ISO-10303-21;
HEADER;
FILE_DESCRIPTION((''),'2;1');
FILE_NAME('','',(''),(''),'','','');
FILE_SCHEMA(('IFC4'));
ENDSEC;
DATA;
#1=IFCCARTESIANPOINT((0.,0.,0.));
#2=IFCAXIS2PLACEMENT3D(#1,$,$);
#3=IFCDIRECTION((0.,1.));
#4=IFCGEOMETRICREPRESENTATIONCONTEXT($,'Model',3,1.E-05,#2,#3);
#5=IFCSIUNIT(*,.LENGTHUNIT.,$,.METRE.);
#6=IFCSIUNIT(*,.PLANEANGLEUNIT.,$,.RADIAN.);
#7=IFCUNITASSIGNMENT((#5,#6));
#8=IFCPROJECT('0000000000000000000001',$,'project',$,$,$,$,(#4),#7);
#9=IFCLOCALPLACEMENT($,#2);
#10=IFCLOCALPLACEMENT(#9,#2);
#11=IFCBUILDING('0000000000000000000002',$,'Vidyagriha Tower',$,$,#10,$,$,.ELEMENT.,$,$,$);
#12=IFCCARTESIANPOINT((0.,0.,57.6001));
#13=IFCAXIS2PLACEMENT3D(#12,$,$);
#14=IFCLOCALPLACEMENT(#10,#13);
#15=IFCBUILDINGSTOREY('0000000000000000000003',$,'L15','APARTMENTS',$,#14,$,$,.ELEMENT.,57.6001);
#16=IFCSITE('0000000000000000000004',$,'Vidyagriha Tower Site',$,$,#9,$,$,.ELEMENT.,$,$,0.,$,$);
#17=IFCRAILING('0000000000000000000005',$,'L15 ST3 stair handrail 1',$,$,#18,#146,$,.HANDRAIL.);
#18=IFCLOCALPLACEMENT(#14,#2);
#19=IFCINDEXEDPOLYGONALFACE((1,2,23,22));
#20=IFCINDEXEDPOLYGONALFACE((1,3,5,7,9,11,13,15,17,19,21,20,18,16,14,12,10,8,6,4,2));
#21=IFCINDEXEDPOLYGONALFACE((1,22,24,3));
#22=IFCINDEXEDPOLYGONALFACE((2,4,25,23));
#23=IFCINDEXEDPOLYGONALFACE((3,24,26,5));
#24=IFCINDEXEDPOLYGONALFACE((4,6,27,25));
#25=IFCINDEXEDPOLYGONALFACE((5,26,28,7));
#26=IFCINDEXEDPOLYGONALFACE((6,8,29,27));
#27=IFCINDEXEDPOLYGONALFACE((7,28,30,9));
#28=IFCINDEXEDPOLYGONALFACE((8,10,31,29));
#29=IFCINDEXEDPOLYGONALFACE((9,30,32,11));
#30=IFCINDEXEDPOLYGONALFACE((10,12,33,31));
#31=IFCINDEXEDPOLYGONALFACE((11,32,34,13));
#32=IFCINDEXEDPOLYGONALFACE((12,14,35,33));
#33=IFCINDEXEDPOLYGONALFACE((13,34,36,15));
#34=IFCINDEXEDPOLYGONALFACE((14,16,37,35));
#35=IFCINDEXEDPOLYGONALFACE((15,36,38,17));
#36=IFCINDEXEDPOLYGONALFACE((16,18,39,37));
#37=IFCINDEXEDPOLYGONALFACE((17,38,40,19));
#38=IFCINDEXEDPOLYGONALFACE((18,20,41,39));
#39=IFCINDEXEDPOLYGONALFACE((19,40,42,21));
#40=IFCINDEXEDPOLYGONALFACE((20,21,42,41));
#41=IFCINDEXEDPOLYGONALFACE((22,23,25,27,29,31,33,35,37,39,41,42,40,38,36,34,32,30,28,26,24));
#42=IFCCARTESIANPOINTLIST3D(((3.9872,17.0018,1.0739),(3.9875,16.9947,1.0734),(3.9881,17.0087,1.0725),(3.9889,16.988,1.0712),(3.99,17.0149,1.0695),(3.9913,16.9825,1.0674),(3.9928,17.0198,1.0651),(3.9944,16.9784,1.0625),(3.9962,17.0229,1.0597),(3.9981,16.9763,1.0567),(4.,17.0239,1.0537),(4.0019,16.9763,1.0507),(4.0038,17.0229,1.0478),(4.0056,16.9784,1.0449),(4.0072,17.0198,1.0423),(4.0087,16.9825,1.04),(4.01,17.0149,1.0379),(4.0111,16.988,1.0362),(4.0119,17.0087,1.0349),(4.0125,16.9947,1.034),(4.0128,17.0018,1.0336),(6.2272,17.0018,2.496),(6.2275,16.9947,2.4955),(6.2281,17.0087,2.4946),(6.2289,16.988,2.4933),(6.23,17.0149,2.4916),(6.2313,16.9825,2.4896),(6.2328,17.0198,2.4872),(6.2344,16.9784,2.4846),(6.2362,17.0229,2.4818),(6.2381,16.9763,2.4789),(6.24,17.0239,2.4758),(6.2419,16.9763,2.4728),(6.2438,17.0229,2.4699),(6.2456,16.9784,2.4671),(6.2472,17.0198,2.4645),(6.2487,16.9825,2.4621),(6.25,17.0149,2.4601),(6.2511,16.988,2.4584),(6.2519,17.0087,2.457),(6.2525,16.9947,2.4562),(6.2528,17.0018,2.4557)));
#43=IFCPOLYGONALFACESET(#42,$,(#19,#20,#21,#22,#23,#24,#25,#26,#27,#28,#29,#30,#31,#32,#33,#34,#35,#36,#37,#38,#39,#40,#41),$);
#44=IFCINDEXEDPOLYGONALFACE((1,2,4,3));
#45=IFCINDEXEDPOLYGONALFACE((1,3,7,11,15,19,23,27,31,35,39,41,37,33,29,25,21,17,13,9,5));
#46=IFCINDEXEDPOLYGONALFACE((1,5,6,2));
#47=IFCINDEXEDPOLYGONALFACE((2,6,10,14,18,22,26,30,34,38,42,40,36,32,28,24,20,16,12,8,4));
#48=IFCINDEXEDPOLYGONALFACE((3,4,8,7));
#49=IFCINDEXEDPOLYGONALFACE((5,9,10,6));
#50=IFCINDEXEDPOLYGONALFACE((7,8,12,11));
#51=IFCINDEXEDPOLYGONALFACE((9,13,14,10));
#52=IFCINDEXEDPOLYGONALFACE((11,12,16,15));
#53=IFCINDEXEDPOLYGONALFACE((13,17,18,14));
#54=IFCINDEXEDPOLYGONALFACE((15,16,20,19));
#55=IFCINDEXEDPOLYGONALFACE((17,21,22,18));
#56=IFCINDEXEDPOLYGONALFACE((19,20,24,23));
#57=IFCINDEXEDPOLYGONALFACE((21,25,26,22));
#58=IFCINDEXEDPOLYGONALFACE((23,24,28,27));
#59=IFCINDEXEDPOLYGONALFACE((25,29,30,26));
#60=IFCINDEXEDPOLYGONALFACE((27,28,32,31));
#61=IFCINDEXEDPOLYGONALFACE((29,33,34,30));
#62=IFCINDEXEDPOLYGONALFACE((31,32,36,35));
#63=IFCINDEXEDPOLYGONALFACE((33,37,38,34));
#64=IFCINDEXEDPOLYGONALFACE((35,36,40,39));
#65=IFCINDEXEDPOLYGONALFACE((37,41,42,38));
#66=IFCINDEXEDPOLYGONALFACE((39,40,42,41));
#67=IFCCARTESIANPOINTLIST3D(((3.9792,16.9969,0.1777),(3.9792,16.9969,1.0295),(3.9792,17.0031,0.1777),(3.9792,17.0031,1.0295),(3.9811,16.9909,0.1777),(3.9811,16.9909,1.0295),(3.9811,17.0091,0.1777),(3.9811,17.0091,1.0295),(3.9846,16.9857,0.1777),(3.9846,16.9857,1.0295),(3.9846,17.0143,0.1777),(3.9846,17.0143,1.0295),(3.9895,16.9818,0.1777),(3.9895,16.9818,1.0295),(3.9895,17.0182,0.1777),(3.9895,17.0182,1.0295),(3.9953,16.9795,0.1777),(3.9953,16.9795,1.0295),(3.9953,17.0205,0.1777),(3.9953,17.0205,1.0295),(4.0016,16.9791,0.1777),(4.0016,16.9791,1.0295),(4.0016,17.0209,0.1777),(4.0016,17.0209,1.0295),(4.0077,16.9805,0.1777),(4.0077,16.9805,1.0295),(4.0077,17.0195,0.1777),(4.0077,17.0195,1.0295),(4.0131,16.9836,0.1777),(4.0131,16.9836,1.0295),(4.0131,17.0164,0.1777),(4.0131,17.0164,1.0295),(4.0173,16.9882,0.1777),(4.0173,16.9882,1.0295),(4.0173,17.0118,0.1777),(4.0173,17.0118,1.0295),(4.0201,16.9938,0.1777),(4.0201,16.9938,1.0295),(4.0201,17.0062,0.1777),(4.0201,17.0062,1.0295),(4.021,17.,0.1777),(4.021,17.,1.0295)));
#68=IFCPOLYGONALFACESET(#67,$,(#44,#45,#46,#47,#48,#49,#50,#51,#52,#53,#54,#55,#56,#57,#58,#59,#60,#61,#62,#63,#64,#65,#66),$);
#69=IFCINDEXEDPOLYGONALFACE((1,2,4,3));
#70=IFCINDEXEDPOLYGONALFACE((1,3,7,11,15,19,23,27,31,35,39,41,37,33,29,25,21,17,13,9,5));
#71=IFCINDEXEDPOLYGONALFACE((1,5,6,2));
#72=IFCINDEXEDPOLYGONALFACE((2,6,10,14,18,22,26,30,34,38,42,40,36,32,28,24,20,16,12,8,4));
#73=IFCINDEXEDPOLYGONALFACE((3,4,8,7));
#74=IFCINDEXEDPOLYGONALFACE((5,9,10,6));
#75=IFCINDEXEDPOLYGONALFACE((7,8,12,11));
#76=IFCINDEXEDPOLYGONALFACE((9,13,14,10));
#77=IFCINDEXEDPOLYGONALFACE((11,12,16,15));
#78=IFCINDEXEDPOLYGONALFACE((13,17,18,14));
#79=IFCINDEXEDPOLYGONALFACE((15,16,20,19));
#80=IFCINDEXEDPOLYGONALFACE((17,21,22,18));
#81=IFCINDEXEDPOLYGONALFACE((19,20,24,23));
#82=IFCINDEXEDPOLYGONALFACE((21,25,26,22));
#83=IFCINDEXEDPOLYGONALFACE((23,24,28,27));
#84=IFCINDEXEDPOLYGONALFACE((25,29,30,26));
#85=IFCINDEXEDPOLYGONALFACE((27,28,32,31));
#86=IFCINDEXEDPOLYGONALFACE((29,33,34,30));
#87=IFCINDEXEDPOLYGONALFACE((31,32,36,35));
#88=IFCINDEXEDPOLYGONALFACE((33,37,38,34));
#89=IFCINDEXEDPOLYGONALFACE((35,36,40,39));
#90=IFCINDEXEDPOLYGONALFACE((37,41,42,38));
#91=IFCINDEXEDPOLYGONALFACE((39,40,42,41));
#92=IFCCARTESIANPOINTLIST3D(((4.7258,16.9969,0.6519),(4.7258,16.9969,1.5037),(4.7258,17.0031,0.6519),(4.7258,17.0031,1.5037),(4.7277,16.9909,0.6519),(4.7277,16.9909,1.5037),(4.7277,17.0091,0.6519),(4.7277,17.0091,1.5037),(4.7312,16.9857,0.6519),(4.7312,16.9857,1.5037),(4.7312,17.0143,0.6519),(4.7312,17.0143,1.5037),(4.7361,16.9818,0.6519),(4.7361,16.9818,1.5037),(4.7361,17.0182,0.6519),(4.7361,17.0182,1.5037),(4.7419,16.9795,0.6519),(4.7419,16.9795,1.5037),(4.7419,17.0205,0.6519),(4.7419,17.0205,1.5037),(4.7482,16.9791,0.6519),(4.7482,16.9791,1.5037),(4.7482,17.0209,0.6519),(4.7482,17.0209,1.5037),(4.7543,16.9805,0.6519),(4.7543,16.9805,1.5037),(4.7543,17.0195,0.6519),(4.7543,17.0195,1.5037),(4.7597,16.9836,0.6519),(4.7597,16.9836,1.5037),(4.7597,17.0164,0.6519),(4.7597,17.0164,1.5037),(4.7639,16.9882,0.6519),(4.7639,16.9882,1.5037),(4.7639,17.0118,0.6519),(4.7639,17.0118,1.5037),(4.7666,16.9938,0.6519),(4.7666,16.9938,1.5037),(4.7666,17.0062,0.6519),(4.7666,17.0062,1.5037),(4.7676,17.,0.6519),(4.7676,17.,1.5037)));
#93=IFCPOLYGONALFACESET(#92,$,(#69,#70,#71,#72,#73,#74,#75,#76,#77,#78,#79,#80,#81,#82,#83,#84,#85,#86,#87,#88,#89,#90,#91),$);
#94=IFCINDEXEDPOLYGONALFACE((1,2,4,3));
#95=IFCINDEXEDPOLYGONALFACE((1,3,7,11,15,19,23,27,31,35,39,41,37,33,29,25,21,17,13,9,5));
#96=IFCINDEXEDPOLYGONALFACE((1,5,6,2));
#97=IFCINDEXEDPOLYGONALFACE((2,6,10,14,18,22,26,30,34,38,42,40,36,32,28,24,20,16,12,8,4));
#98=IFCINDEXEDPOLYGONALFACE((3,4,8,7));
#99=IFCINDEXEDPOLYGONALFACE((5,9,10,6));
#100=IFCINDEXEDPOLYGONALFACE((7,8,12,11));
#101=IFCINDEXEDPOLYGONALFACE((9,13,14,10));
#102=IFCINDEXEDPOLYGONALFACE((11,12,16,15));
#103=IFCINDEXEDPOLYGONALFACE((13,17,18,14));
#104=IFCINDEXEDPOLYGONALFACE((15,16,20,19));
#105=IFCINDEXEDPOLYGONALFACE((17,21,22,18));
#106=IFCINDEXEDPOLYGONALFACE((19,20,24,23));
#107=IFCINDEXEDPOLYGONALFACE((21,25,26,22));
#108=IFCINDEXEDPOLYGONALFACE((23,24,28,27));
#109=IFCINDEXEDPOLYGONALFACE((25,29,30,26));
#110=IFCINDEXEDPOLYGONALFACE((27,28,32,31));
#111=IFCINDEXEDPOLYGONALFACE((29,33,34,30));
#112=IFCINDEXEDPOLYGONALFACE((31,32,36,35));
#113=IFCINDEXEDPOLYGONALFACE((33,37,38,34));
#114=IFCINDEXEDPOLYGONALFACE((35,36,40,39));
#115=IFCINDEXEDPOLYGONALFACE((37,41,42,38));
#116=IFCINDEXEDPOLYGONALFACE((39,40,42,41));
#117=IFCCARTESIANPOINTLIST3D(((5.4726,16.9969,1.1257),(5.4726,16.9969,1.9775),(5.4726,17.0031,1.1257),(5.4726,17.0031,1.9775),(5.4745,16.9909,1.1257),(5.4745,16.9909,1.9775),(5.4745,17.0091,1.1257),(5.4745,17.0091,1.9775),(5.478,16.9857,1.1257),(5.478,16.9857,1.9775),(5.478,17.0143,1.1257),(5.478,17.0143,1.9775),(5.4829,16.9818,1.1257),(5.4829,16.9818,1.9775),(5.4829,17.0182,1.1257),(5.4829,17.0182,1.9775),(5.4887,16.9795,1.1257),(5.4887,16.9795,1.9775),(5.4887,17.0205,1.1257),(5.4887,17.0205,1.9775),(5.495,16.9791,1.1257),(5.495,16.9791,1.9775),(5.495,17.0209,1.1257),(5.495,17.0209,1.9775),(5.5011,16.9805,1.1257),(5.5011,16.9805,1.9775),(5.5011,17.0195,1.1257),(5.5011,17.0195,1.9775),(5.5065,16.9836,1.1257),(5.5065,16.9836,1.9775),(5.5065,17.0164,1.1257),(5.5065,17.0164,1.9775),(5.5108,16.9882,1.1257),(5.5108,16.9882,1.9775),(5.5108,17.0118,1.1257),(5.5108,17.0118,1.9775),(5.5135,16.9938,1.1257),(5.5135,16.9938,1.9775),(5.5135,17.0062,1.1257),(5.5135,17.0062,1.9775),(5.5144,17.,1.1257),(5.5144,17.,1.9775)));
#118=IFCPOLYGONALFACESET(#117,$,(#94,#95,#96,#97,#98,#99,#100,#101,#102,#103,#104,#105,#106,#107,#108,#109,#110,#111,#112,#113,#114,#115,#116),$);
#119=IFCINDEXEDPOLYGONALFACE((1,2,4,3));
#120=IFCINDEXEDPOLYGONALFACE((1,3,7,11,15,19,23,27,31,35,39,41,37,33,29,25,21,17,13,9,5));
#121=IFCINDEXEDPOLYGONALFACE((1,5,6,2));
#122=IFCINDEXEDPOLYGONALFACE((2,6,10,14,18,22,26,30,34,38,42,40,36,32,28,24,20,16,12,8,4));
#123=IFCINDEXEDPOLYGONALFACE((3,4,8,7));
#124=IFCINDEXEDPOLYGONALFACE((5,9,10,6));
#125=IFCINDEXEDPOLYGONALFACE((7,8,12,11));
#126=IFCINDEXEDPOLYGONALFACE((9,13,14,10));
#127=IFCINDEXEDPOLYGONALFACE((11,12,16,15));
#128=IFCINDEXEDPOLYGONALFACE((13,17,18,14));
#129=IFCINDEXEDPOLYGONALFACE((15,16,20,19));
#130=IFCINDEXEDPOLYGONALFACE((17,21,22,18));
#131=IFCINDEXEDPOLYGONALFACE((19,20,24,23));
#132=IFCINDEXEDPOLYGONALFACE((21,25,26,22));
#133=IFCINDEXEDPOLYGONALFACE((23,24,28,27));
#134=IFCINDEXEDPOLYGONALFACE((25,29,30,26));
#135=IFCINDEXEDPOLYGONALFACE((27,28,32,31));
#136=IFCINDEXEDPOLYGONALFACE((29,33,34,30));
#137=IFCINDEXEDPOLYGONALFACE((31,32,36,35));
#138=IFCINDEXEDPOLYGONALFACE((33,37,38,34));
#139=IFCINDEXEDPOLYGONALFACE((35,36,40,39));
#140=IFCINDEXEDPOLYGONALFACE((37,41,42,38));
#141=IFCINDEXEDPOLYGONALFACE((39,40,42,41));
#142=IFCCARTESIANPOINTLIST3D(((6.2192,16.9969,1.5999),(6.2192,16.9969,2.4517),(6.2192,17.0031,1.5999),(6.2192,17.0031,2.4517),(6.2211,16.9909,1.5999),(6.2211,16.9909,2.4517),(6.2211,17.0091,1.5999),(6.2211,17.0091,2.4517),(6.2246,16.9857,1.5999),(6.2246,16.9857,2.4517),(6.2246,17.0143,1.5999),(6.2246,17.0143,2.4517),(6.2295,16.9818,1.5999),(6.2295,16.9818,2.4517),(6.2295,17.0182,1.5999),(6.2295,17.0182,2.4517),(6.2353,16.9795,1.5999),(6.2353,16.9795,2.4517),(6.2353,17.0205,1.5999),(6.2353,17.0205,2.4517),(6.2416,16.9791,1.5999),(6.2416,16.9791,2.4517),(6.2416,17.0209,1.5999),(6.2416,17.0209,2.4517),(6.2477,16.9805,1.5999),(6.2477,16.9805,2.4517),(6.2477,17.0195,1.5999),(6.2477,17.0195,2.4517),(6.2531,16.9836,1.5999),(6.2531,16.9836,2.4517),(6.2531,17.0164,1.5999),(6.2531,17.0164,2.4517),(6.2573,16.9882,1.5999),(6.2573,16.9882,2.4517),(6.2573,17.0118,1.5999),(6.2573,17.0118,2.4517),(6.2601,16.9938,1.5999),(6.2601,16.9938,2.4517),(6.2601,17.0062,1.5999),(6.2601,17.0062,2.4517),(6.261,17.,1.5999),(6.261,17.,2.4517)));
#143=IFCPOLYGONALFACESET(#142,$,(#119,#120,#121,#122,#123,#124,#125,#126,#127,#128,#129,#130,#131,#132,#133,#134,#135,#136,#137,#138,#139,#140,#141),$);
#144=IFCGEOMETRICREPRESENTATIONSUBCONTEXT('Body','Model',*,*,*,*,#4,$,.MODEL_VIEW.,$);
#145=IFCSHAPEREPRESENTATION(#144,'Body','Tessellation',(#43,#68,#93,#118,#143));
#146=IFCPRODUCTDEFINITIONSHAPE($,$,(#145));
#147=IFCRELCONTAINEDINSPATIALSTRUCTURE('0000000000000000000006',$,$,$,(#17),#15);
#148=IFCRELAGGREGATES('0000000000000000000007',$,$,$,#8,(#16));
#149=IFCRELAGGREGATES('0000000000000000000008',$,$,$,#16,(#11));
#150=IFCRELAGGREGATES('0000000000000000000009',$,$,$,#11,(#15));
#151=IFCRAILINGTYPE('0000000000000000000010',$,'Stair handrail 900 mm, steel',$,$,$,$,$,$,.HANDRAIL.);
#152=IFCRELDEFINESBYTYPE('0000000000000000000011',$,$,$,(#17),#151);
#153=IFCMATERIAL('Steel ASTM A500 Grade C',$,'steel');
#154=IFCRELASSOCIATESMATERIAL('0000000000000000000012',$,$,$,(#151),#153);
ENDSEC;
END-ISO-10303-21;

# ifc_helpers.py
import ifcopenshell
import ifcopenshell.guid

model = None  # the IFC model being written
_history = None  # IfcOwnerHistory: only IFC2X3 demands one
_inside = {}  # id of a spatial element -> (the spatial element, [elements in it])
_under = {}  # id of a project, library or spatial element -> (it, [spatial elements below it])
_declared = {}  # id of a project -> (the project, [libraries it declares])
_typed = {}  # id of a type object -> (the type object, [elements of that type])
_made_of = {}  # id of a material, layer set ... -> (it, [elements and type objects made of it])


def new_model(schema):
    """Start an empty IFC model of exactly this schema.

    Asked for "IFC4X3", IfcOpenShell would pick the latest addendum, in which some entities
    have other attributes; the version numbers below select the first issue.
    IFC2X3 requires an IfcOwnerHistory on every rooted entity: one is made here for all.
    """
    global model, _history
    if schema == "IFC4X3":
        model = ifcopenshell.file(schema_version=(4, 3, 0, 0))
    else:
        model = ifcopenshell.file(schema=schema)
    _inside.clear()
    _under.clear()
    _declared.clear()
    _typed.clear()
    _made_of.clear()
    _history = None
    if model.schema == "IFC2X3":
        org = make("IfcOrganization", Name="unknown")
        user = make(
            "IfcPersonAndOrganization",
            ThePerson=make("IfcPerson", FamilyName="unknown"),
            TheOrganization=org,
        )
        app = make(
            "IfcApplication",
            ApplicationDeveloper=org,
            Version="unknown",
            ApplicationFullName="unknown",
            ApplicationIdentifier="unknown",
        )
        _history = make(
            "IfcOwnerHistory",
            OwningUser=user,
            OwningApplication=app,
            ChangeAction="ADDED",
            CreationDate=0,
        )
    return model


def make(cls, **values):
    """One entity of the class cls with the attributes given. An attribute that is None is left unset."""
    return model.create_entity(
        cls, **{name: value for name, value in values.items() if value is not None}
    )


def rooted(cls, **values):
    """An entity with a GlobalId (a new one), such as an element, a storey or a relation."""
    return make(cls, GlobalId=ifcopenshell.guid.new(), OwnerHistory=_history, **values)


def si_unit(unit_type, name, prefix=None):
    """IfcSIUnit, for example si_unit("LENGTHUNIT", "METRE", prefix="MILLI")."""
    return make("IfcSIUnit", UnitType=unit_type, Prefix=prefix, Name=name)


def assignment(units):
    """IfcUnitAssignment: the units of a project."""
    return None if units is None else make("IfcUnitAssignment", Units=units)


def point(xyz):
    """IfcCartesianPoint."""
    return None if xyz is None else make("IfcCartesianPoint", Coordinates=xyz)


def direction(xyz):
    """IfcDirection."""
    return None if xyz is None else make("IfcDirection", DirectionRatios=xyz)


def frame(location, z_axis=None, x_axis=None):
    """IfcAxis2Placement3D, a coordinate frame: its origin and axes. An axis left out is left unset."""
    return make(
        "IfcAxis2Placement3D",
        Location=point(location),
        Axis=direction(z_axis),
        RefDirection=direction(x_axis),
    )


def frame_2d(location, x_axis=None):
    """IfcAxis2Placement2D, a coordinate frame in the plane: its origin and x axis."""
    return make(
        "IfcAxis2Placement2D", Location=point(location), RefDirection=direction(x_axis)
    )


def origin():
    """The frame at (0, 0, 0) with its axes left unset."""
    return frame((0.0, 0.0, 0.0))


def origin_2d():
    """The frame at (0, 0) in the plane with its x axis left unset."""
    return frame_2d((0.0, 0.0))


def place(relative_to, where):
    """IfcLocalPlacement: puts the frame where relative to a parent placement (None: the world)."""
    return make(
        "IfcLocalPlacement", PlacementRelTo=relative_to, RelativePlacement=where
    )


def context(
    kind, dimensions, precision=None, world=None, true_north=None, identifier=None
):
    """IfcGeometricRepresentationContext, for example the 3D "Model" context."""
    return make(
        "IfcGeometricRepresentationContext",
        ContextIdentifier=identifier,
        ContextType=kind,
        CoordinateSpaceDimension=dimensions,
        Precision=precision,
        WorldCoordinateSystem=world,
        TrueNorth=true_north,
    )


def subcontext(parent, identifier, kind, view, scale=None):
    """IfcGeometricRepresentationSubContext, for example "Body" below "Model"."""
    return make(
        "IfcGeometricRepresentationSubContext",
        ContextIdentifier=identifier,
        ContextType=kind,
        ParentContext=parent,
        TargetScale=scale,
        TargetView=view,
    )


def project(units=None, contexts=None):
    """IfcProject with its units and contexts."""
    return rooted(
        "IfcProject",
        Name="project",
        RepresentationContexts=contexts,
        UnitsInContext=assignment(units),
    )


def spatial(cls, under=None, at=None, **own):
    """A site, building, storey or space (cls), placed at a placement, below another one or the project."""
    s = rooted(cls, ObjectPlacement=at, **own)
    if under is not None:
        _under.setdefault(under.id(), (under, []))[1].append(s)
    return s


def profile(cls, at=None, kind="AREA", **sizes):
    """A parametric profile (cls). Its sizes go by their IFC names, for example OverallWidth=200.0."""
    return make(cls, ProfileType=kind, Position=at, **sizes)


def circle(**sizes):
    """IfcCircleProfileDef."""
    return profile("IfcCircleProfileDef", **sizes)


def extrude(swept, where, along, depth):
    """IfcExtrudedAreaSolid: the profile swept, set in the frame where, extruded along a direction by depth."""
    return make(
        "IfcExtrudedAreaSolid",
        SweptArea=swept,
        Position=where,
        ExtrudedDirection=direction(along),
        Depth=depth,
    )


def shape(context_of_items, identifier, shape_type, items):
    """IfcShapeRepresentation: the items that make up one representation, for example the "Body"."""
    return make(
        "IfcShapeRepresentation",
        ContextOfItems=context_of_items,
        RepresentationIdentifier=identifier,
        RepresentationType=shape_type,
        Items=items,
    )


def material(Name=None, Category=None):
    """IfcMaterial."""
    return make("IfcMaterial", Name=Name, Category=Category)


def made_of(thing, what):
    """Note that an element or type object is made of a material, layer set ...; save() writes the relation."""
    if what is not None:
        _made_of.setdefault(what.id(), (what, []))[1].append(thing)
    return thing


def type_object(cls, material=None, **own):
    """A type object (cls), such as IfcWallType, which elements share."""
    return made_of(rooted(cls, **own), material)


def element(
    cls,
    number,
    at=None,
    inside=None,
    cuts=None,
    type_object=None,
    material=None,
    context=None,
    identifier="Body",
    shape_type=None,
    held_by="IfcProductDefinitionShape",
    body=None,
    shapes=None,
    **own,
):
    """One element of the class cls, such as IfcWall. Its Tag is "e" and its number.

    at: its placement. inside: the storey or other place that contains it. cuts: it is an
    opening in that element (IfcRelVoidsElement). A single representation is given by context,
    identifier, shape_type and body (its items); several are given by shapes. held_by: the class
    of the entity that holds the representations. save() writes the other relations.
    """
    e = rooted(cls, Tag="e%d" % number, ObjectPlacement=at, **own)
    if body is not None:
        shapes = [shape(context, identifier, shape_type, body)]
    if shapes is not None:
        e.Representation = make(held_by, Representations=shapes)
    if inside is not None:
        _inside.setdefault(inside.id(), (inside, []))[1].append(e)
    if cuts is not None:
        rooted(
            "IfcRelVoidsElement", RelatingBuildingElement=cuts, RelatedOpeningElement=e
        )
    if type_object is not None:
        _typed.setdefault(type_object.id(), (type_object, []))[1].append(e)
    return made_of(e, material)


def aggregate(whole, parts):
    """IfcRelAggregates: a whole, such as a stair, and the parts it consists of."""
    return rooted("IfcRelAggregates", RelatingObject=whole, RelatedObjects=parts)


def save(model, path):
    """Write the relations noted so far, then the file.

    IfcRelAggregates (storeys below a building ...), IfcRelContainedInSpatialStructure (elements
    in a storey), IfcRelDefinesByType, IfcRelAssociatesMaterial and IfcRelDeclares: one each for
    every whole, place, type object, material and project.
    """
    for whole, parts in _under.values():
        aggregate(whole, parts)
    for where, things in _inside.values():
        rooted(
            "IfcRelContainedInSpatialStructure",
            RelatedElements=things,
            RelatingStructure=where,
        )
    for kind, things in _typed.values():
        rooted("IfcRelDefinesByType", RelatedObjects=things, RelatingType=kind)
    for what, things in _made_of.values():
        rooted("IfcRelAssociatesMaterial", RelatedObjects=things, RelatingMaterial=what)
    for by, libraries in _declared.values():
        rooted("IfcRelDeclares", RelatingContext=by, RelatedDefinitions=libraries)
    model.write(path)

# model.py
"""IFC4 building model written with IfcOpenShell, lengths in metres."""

from ifc_helpers import new_model, si_unit, direction, frame, origin, origin_2d, place, context, subcontext, project, spatial, circle, extrude, material, type_object, element, save


model = new_model("IFC4")

# Units and contexts
model_context = context("Model", 3, precision=1e-05, world=origin(), true_north=direction((0.0, 1.0)))
body_context = subcontext(model_context, "Body", "Model", "MODEL_VIEW")
ifc_project = project(units=[si_unit("LENGTHUNIT", "METRE"), si_unit("PLANEANGLEUNIT", "RADIAN")], contexts=[model_context])

# Site, building, storey
site_placement = place(None, origin())
site = spatial("IfcSite", under=ifc_project, at=site_placement, Name="Vidyagriha Tower Site", CompositionType="ELEMENT", RefElevation=0.0)
building_placement = place(site_placement, origin())
building = spatial("IfcBuilding", under=site, at=building_placement, Name="Vidyagriha Tower", CompositionType="ELEMENT")
storey_placement = place(building_placement, frame((0.0, 0.0, 57.6001)))
storey = spatial("IfcBuildingStorey", under=building, at=storey_placement, Name="L15", Description="APARTMENTS", CompositionType="ELEMENT", Elevation=57.6001)

# Railing
ifc_material_1 = material(Name="Steel ASTM A500 Grade C", Category="steel")
railing_type_1 = type_object("IfcRailingType", Name="Stair handrail 900 mm, steel", PredefinedType="HANDRAIL", material=ifc_material_1)
railing_1_placement = place(storey_placement, frame((4.0, 17.0, 0.1777)))
element("IfcRailing", 1, at=railing_1_placement, inside=storey, type_object=railing_type_1, Name="L15 ST3 stair handrail 1", PredefinedType="HANDRAIL", context=body_context, shape_type="SweptSolid", body=[
    extrude(circle(Radius=0.0239, at=origin_2d()), frame((0.0, 0.0, 0.876), z_axis=(0.844229, 0.0, 0.535982), x_axis=(0.0, 1.0, 0.0)), (0.0, 0.0, 1.0), 2.6533),
    extrude(circle(Radius=0.021, at=origin_2d()), origin(), (0.0, 0.0, 1.0), 0.8518),
    extrude(circle(Radius=0.021, at=origin_2d()), frame((0.7466, 0.0, 0.4741)), (0.0, 0.0, 1.0), 0.8518),
    extrude(circle(Radius=0.021, at=origin_2d()), frame((1.4934, 0.0, 0.948)), (0.0, 0.0, 1.0), 0.8518),
    extrude(circle(Radius=0.021, at=origin_2d()), frame((2.24, 0.0, 1.4221)), (0.0, 0.0, 1.0), 0.8518),
])

save(model, "model.ifc")
